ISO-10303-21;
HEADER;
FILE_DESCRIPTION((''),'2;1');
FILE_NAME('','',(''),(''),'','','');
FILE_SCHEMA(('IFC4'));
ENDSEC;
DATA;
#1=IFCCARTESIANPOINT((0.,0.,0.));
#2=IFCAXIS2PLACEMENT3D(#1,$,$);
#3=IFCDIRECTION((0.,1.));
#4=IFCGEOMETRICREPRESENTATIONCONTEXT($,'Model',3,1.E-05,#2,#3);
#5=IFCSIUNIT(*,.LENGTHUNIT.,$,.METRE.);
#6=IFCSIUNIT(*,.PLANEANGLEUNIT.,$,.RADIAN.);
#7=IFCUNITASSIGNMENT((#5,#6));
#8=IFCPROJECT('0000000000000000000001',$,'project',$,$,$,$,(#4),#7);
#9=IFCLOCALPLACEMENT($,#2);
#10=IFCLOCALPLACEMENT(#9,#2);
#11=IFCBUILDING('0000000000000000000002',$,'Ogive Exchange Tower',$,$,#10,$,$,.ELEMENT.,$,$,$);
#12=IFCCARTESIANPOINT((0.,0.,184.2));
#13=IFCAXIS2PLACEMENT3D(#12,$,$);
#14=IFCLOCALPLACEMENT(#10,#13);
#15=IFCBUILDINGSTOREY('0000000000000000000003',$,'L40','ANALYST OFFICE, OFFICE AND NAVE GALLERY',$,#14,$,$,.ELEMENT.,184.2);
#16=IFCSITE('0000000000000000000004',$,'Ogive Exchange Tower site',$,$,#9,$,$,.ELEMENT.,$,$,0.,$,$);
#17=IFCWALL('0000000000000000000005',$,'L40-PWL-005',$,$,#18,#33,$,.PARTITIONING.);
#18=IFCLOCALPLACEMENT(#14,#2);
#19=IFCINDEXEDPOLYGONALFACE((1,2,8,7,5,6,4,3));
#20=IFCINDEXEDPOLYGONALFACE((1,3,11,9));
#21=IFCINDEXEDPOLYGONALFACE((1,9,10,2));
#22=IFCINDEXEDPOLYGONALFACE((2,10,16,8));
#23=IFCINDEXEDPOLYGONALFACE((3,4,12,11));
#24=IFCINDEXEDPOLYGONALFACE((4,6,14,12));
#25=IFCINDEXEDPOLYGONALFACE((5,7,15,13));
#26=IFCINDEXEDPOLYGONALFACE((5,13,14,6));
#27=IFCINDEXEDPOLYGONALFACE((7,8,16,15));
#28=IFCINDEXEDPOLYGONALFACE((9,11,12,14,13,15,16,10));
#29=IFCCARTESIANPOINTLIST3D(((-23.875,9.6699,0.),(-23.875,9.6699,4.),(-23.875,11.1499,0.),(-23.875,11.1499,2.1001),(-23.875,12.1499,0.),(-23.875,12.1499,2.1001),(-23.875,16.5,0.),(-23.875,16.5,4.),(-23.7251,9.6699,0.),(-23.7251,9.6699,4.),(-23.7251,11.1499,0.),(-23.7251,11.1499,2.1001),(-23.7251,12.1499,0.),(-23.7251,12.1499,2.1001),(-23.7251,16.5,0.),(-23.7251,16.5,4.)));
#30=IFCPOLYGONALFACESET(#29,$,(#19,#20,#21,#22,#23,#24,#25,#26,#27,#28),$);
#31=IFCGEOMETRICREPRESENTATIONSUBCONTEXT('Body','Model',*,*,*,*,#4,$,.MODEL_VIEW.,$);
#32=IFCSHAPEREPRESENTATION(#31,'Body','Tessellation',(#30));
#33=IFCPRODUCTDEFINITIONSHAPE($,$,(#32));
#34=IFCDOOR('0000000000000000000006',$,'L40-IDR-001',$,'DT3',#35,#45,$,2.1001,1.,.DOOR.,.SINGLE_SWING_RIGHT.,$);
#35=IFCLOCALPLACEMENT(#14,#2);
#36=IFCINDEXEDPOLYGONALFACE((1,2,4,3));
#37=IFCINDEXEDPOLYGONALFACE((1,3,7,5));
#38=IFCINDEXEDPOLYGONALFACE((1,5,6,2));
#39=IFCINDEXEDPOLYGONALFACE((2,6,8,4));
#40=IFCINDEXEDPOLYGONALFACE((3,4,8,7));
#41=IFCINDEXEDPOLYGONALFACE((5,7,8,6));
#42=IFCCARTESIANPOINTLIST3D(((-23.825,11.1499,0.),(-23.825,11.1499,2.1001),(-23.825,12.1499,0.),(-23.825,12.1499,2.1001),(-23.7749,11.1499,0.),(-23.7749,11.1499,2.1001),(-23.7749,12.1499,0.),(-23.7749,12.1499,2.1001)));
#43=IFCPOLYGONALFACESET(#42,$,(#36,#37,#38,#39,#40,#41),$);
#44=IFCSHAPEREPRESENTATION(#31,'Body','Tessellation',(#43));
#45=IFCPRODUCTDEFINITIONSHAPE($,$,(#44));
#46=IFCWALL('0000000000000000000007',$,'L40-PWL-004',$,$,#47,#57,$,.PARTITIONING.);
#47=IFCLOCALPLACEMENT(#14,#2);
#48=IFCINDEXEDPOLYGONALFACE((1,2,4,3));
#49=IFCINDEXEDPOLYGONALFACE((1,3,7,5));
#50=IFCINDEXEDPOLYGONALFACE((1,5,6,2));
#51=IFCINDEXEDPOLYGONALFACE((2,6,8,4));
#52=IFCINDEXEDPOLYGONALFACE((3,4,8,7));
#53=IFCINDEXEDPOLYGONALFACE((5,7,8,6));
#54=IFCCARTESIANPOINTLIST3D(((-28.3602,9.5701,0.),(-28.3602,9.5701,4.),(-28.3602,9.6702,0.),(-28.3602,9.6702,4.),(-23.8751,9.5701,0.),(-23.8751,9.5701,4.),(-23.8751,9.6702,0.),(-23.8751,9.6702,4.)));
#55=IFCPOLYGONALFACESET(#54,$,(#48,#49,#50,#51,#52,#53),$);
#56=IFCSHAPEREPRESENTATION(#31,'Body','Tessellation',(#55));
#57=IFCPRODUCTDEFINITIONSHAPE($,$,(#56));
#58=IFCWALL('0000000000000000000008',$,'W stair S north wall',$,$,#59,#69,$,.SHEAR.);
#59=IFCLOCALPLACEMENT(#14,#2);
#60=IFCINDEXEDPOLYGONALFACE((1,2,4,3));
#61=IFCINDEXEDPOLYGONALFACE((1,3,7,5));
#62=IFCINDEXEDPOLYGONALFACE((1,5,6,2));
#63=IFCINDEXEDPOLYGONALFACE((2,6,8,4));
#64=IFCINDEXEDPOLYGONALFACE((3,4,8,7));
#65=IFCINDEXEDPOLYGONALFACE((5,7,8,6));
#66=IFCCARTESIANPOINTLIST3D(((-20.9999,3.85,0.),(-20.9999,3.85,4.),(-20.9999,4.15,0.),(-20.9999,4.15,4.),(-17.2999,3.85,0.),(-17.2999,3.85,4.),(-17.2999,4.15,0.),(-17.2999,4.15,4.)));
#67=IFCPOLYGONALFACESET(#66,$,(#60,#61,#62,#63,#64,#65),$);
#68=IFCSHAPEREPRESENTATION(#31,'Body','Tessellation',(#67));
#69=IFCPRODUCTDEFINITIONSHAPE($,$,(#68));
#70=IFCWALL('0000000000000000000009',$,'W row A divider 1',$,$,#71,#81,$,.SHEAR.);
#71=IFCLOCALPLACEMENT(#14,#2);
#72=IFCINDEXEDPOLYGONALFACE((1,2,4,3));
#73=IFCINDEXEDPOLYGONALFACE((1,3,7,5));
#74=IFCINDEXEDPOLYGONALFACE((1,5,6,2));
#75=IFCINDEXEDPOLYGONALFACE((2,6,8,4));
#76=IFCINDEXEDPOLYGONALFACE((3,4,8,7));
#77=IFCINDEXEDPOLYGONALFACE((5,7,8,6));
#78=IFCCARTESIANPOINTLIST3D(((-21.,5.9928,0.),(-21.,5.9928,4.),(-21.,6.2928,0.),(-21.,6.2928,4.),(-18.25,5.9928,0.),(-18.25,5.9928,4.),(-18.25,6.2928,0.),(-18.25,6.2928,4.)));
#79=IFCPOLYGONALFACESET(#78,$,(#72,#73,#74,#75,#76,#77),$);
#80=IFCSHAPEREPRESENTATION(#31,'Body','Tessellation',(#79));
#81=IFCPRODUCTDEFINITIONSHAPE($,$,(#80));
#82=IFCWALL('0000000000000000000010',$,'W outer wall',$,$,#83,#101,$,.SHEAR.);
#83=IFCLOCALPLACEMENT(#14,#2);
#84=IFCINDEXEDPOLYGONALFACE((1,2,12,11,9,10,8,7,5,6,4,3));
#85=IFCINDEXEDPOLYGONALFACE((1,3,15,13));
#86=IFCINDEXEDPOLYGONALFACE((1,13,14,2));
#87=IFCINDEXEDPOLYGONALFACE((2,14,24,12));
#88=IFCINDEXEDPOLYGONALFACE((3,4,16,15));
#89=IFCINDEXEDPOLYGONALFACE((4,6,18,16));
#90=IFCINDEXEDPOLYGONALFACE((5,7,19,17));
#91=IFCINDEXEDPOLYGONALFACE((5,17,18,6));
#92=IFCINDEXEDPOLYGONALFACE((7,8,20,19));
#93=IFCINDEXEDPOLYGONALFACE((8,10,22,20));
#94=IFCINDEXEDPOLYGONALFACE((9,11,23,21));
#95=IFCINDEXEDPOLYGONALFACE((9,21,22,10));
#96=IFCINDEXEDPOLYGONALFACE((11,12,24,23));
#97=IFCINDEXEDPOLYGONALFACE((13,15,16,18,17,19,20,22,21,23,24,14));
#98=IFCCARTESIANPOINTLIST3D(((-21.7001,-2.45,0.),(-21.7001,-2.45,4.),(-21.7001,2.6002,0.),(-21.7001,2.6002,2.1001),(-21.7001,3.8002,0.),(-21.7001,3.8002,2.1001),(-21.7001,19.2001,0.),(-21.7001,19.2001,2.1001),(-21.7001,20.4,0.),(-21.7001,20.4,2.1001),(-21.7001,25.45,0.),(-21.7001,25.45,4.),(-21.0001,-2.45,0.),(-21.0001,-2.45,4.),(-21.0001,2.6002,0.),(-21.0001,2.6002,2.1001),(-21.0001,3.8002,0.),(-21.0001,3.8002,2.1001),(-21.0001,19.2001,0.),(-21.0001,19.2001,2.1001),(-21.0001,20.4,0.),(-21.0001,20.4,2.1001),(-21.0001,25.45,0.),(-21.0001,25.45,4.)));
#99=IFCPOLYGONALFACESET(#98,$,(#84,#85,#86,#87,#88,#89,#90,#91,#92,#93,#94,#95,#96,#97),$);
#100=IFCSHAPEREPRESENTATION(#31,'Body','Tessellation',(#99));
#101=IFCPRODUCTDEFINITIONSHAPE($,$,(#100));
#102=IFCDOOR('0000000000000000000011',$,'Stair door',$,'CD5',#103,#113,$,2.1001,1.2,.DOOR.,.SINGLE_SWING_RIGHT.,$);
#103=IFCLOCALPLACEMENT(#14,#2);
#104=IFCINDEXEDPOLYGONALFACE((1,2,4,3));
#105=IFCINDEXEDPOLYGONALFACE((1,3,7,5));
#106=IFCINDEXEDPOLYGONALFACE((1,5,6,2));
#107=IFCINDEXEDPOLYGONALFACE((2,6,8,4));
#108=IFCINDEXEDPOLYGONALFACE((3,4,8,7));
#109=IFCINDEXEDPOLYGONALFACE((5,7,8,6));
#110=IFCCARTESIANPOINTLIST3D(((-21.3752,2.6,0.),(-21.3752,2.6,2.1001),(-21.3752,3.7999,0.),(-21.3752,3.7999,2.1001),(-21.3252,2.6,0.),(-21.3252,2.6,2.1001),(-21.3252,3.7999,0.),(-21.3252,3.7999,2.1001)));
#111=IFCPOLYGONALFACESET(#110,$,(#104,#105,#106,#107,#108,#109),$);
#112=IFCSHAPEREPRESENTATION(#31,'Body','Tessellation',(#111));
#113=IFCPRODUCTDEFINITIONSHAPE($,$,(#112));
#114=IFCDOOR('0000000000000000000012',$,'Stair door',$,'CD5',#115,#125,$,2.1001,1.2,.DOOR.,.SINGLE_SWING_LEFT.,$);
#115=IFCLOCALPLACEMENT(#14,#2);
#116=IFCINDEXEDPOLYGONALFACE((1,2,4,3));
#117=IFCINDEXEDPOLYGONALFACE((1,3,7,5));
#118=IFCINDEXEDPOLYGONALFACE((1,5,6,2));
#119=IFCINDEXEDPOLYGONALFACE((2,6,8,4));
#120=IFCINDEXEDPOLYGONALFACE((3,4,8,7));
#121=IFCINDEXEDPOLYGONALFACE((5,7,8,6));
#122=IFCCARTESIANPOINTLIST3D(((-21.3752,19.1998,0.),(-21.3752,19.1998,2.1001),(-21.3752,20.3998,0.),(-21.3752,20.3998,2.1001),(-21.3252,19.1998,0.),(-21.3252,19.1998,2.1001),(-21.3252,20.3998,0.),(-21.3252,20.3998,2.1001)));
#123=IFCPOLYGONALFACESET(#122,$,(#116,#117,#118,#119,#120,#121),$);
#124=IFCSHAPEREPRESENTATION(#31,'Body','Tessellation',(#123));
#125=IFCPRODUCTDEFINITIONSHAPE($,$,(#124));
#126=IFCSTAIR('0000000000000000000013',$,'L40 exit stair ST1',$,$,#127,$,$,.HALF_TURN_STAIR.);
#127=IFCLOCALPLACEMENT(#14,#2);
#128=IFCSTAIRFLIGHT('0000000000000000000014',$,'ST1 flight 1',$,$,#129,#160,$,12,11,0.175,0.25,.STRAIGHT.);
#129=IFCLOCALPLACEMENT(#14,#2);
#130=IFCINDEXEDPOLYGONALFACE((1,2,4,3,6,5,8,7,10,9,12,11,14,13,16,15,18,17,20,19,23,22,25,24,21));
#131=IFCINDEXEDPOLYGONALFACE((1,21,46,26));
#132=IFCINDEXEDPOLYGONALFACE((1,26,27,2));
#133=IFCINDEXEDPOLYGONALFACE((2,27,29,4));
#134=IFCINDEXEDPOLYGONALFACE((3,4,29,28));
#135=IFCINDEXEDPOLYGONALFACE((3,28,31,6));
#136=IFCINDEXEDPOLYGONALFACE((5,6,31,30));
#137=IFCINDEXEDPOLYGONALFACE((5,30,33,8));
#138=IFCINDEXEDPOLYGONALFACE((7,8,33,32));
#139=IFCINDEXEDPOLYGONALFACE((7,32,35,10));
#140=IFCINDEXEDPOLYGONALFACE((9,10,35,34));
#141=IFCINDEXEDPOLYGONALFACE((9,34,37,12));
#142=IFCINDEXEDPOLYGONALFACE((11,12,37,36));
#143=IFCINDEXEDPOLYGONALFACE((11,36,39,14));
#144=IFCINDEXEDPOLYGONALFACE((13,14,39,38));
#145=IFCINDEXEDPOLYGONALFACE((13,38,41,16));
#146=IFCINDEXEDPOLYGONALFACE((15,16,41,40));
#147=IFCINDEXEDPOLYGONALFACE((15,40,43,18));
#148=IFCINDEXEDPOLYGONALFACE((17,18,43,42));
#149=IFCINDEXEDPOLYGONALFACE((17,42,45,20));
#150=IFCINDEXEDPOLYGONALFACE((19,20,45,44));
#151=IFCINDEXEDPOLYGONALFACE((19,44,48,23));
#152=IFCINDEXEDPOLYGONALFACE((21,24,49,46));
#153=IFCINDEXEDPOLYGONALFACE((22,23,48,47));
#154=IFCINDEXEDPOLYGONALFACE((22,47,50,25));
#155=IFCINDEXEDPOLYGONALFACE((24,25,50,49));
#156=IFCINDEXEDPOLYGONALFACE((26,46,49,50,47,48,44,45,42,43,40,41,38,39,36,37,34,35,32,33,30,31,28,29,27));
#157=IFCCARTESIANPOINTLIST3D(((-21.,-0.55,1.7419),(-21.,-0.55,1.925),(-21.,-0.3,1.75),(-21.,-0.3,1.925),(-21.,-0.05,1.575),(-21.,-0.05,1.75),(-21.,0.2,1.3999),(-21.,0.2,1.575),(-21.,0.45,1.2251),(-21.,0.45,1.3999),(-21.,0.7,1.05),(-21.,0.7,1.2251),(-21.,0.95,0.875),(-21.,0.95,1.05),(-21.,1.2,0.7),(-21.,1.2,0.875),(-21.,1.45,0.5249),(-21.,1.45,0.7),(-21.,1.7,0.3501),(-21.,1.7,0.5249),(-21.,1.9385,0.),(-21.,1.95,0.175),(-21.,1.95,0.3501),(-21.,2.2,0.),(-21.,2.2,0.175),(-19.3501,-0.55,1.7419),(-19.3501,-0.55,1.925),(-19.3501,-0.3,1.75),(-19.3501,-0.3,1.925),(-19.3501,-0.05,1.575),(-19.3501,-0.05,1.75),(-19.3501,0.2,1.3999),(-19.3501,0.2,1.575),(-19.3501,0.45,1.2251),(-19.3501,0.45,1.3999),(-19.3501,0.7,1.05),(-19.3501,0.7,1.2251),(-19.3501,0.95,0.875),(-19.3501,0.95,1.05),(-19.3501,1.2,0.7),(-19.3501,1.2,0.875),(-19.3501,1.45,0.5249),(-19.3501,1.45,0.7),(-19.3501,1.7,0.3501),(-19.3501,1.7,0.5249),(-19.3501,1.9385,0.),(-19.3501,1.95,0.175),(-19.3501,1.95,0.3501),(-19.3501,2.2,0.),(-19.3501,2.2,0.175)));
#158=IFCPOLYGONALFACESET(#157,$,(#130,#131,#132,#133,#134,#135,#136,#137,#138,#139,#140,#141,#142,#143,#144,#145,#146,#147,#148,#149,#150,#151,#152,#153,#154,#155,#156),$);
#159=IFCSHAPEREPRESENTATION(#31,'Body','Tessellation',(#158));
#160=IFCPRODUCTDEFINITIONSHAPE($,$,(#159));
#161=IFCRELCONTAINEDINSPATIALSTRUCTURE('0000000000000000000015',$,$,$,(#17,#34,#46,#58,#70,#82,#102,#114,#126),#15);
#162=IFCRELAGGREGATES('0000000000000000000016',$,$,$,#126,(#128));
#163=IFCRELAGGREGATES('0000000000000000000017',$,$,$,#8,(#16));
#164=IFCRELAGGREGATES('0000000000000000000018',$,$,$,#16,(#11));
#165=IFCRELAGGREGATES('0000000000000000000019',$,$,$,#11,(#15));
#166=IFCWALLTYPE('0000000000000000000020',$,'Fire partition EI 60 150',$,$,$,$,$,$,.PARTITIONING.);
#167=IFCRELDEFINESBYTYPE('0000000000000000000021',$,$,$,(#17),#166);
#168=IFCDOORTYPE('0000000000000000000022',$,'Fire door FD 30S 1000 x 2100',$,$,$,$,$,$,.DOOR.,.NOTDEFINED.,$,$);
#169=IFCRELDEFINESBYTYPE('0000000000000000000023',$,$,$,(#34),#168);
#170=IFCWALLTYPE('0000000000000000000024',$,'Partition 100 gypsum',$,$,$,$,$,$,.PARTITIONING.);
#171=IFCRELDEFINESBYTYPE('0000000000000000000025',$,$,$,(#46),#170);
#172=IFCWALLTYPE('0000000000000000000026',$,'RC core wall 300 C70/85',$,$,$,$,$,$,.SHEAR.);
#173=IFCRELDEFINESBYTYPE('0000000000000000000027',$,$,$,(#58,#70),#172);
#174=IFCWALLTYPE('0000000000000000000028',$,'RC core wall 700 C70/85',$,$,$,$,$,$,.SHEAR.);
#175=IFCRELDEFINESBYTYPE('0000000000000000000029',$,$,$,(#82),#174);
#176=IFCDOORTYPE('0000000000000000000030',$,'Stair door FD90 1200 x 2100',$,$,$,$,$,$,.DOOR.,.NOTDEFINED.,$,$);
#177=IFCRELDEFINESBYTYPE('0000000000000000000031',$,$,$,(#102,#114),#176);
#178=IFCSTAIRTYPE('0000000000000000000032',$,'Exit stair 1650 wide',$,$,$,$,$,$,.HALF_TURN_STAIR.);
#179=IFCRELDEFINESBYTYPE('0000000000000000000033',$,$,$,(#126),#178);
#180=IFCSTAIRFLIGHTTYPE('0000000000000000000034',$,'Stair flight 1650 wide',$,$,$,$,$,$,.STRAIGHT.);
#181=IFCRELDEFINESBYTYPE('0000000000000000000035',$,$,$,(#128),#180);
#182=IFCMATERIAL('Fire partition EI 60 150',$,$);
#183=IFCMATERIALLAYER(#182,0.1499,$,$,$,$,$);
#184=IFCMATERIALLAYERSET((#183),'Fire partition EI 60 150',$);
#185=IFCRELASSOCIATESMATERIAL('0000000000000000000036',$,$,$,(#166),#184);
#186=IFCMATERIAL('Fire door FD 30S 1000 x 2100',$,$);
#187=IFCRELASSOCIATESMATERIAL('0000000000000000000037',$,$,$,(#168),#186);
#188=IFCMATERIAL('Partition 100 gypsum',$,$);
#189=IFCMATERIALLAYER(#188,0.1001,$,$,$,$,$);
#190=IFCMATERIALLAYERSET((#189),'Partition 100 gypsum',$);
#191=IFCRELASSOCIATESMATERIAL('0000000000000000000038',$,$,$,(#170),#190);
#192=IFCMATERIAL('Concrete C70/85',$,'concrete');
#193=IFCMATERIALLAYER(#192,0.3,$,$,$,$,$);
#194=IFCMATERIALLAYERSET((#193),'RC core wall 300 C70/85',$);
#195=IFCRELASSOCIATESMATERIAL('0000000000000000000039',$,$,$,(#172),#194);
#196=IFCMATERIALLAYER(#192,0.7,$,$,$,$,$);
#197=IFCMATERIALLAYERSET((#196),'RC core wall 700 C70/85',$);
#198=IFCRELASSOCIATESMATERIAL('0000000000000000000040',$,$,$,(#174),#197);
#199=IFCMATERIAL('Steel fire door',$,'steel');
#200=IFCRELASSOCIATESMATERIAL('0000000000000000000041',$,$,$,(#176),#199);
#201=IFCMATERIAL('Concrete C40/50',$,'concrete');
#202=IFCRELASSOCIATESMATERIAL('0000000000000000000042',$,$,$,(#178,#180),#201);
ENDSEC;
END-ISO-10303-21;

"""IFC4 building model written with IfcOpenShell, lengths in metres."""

from ifc_helpers import new_model, si_unit, direction, frame, frame_2d, origin, place, context, subcontext, project, spatial, polyline, rectangle, outline, extrude, material, layer, layer_set, type_object, element, fill, aggregate, save


model = new_model("IFC4")

# Units and contexts
model_context = context("Model", 3, precision=1e-05, world=origin(), true_north=direction((0.0, 1.0)))
body_context = subcontext(model_context, "Body", "Model", "MODEL_VIEW")
ifc_project = project(units=[si_unit("LENGTHUNIT", "METRE"), si_unit("PLANEANGLEUNIT", "RADIAN")], contexts=[model_context])

# Site, building, storey
site_placement = place(None, origin())
site = spatial("IfcSite", under=ifc_project, at=site_placement, Name="Ogive Exchange Tower site", CompositionType="ELEMENT", RefElevation=0.0)
building_placement = place(site_placement, origin())
building = spatial("IfcBuilding", under=site, at=building_placement, Name="Ogive Exchange Tower", CompositionType="ELEMENT")
storey_placement = place(building_placement, frame((0.0, 0.0, 184.2)))
storey = spatial("IfcBuildingStorey", under=building, at=storey_placement, Name="L40", Description="ANALYST OFFICE, OFFICE AND NAVE GALLERY", CompositionType="ELEMENT", Elevation=184.2)

# Wall, opening, door
ifc_material_1 = material(Name="Fire partition EI 60 150")
ifc_layer_1 = layer(ifc_material_1, 0.1499)
ifc_layer_set_1 = layer_set([ifc_layer_1], Name="Fire partition EI 60 150")
wall_type_1 = type_object("IfcWallType", Name="Fire partition EI 60 150", PredefinedType="PARTITIONING", material=ifc_layer_set_1)
wall_1_placement = place(storey_placement, frame((-23.8, 9.6699, 0.0), z_axis=(0.0, 0.0, 1.0), x_axis=(0.0, 1.0, 0.0)))
wall_1 = element("IfcWall", 1, at=wall_1_placement, inside=storey, type_object=wall_type_1, Name="L40-PWL-005", PredefinedType="PARTITIONING", context=body_context, shape_type="SweptSolid", body=[
    extrude(rectangle(XDim=6.8301, YDim=0.1499, at=frame_2d((3.415, 0.0))), origin(), (0.0, 0.0, 1.0), 4.0),
])
opening_1_placement = place(wall_1_placement, frame((1.48, 0.0, 0.0)))
opening_1 = element("IfcOpeningElement", 2, at=opening_1_placement, cuts=wall_1, PredefinedType="OPENING", context=body_context, shape_type="SweptSolid", body=[
    extrude(rectangle(XDim=1.0, YDim=2.1001, at=frame_2d((0.5, 1.05))), frame((0.0, 0.085, 0.0), z_axis=(0.0, -1.0, 0.0), x_axis=(1.0, 0.0, 0.0)), (0.0, 0.0, 1.0), 0.1699),
])
ifc_material_2 = material(Name="Fire door FD 30S 1000 x 2100")
door_type_1 = type_object("IfcDoorType", Name="Fire door FD 30S 1000 x 2100", OperationType="NOTDEFINED", PredefinedType="DOOR", material=ifc_material_2)
door_1_placement = place(opening_1_placement, origin())
door_1 = element("IfcDoor", 3, at=door_1_placement, inside=storey, type_object=door_type_1, Name="L40-IDR-001", ObjectType="DT3", OperationType="SINGLE_SWING_RIGHT", OverallHeight=2.1001, OverallWidth=1.0, PredefinedType="DOOR", context=body_context, shape_type="SweptSolid", body=[
    extrude(rectangle(XDim=1.0, YDim=2.1001, at=frame_2d((0.5, 1.05))), frame((0.0, 0.0249, 0.0), z_axis=(0.0, -1.0, 0.0), x_axis=(1.0, 0.0, 0.0)), (0.0, 0.0, 1.0), 0.05),
])
fill(opening_1, door_1)

# Walls
ifc_material_3 = material(Name="Partition 100 gypsum")
ifc_layer_2 = layer(ifc_material_3, 0.1001)
ifc_layer_set_2 = layer_set([ifc_layer_2], Name="Partition 100 gypsum")
wall_type_2 = type_object("IfcWallType", Name="Partition 100 gypsum", PredefinedType="PARTITIONING", material=ifc_layer_set_2)
wall_2_placement = place(storey_placement, frame((-23.875, 9.6201, 0.0), z_axis=(0.0, 0.0, 1.0), x_axis=(-1.0, 0.0, 0.0)))
element("IfcWall", 4, at=wall_2_placement, inside=storey, type_object=wall_type_2, Name="L40-PWL-004", PredefinedType="PARTITIONING", context=body_context, shape_type="SweptSolid", body=[
    extrude(rectangle(XDim=4.4851, YDim=0.1001, at=frame_2d((2.2427, 0.0))), origin(), (0.0, 0.0, 1.0), 4.0),
])
ifc_material_4 = material(Name="Concrete C70/85", Category="concrete")
ifc_layer_3 = layer(ifc_material_4, 0.3)
ifc_layer_set_3 = layer_set([ifc_layer_3], Name="RC core wall 300 C70/85")
wall_type_3 = type_object("IfcWallType", Name="RC core wall 300 C70/85", PredefinedType="SHEAR", material=ifc_layer_set_3)
wall_3_placement = place(storey_placement, frame((-21.0, 4.0, 0.0), z_axis=(0.0, 0.0, 1.0), x_axis=(1.0, 0.0, 0.0)))
element("IfcWall", 5, at=wall_3_placement, inside=storey, type_object=wall_type_3, Name="W stair S north wall", PredefinedType="SHEAR", context=body_context, shape_type="SweptSolid", body=[
    extrude(rectangle(XDim=3.7, YDim=0.3, at=frame_2d((1.8501, 0.0))), origin(), (0.0, 0.0, 1.0), 4.0),
])
wall_4_placement = place(storey_placement, frame((-21.0, 6.1428, 0.0), z_axis=(0.0, 0.0, 1.0), x_axis=(1.0, 0.0, 0.0)))
element("IfcWall", 6, at=wall_4_placement, inside=storey, type_object=wall_type_3, Name="W row A divider 1", PredefinedType="SHEAR", context=body_context, shape_type="SweptSolid", body=[
    extrude(rectangle(XDim=2.75, YDim=0.3, at=frame_2d((1.375, 0.0))), origin(), (0.0, 0.0, 1.0), 4.0),
])

# Wall, openings, doors
ifc_layer_4 = layer(ifc_material_4, 0.7)
ifc_layer_set_4 = layer_set([ifc_layer_4], Name="RC core wall 700 C70/85")
wall_type_4 = type_object("IfcWallType", Name="RC core wall 700 C70/85", PredefinedType="SHEAR", material=ifc_layer_set_4)
wall_5_placement = place(storey_placement, frame((-21.3501, -2.45, 0.0), z_axis=(0.0, 0.0, 1.0), x_axis=(0.0, 1.0, 0.0)))
wall_5 = element("IfcWall", 7, at=wall_5_placement, inside=storey, type_object=wall_type_4, Name="W outer wall", PredefinedType="SHEAR", context=body_context, shape_type="SweptSolid", body=[
    extrude(rectangle(XDim=27.8999, YDim=0.7, at=frame_2d((13.95, 0.0))), origin(), (0.0, 0.0, 1.0), 4.0),
])
opening_2_placement = place(wall_5_placement, frame((5.05, 0.0, 0.0)))
opening_2 = element("IfcOpeningElement", 8, at=opening_2_placement, cuts=wall_5, PredefinedType="OPENING", context=body_context, shape_type="SweptSolid", body=[
    extrude(rectangle(XDim=1.2, YDim=2.1001, at=frame_2d((0.6001, 1.05))), frame((0.0, 0.3599, 0.0), z_axis=(0.0, -1.0, 0.0), x_axis=(1.0, 0.0, 0.0)), (0.0, 0.0, 1.0), 0.72),
])
opening_3_placement = place(wall_5_placement, frame((21.6499, 0.0, 0.0)))
opening_3 = element("IfcOpeningElement", 9, at=opening_3_placement, cuts=wall_5, PredefinedType="OPENING", context=body_context, shape_type="SweptSolid", body=[
    extrude(rectangle(XDim=1.2, YDim=2.1001, at=frame_2d((0.6001, 1.05))), frame((0.0, 0.3599, 0.0), z_axis=(0.0, -1.0, 0.0), x_axis=(1.0, 0.0, 0.0)), (0.0, 0.0, 1.0), 0.72),
])
ifc_material_5 = material(Name="Steel fire door", Category="steel")
door_type_2 = type_object("IfcDoorType", Name="Stair door FD90 1200 x 2100", OperationType="NOTDEFINED", PredefinedType="DOOR", material=ifc_material_5)
door_2_placement = place(opening_2_placement, frame((1.2, 0.0, 0.0), z_axis=(0.0, 0.0, 1.0), x_axis=(-1.0, 0.0, 0.0)))
door_2 = element("IfcDoor", 10, at=door_2_placement, inside=storey, type_object=door_type_2, Name="Stair door", ObjectType="CD5", OperationType="SINGLE_SWING_RIGHT", OverallHeight=2.1001, OverallWidth=1.2, PredefinedType="DOOR", context=body_context, shape_type="SweptSolid", body=[
    extrude(rectangle(XDim=1.2, YDim=2.1001, at=frame_2d((0.6001, 1.05))), frame((0.0, 0.0249, 0.0), z_axis=(0.0, -1.0, 0.0), x_axis=(1.0, 0.0, 0.0)), (0.0, 0.0, 1.0), 0.05),
])
fill(opening_2, door_2)
door_3_placement = place(opening_3_placement, frame((1.2, 0.0, 0.0), z_axis=(0.0, 0.0, 1.0), x_axis=(-1.0, 0.0, 0.0)))
door_3 = element("IfcDoor", 11, at=door_3_placement, inside=storey, type_object=door_type_2, Name="Stair door", ObjectType="CD5", OperationType="SINGLE_SWING_LEFT", OverallHeight=2.1001, OverallWidth=1.2, PredefinedType="DOOR", context=body_context, shape_type="SweptSolid", body=[
    extrude(rectangle(XDim=1.2, YDim=2.1001, at=frame_2d((0.6001, 1.05))), frame((0.0, 0.0249, 0.0), z_axis=(0.0, -1.0, 0.0), x_axis=(1.0, 0.0, 0.0)), (0.0, 0.0, 1.0), 0.05),
])
fill(opening_3, door_3)

# Stair, stair flight
ifc_material_6 = material(Name="Concrete C40/50", Category="concrete")
stair_type = type_object("IfcStairType", Name="Exit stair 1650 wide", PredefinedType="HALF_TURN_STAIR", material=ifc_material_6)
stair_placement = place(storey_placement, origin())
stair = element("IfcStair", 12, at=stair_placement, inside=storey, type_object=stair_type, Name="L40 exit stair ST1", PredefinedType="HALF_TURN_STAIR")
stair_flight_type = type_object("IfcStairFlightType", Name="Stair flight 1650 wide", PredefinedType="STRAIGHT", material=ifc_material_6)
stair_flight_1_placement = place(storey_placement, frame((-20.175, 2.2, 0.0), z_axis=(0.0, 0.0, 1.0), x_axis=(0.0, -1.0, 0.0)))
stair_flight_1 = element("IfcStairFlight", 13, at=stair_flight_1_placement, type_object=stair_flight_type, Name="ST1 flight 1", NumberOfRisers=12, NumberOfTreads=11, PredefinedType="STRAIGHT", RiserHeight=0.175, TreadLength=0.25, context=body_context, shape_type="SweptSolid", body=[
    extrude(outline(polyline([(0.0, 0.0), (0.0, 0.175), (0.25, 0.175), (0.25, 0.3501), (0.5, 0.3501), (0.5, 0.5249), (0.75, 0.5249), (0.75, 0.7), (1.0, 0.7), (1.0, 0.875), (1.25, 0.875), (1.25, 1.05), (1.5, 1.05), (1.5, 1.2251), (1.75, 1.2251), (1.75, 1.3999), (2.0, 1.3999), (2.0, 1.575), (2.25, 1.575), (2.25, 1.75), (2.5, 1.75), (2.5, 1.925), (2.75, 1.925), (2.75, 2.1001), (2.75, 1.7419), (0.2615, 0.0), (0.0, 0.0)])), frame((0.0, 0.825, 0.0), z_axis=(0.0, -1.0, 0.0), x_axis=(1.0, 0.0, 0.0)), (0.0, 0.0, 1.0), 1.6499),
])
aggregate(stair, [stair_flight_1])

save(model, "model.ifc")
